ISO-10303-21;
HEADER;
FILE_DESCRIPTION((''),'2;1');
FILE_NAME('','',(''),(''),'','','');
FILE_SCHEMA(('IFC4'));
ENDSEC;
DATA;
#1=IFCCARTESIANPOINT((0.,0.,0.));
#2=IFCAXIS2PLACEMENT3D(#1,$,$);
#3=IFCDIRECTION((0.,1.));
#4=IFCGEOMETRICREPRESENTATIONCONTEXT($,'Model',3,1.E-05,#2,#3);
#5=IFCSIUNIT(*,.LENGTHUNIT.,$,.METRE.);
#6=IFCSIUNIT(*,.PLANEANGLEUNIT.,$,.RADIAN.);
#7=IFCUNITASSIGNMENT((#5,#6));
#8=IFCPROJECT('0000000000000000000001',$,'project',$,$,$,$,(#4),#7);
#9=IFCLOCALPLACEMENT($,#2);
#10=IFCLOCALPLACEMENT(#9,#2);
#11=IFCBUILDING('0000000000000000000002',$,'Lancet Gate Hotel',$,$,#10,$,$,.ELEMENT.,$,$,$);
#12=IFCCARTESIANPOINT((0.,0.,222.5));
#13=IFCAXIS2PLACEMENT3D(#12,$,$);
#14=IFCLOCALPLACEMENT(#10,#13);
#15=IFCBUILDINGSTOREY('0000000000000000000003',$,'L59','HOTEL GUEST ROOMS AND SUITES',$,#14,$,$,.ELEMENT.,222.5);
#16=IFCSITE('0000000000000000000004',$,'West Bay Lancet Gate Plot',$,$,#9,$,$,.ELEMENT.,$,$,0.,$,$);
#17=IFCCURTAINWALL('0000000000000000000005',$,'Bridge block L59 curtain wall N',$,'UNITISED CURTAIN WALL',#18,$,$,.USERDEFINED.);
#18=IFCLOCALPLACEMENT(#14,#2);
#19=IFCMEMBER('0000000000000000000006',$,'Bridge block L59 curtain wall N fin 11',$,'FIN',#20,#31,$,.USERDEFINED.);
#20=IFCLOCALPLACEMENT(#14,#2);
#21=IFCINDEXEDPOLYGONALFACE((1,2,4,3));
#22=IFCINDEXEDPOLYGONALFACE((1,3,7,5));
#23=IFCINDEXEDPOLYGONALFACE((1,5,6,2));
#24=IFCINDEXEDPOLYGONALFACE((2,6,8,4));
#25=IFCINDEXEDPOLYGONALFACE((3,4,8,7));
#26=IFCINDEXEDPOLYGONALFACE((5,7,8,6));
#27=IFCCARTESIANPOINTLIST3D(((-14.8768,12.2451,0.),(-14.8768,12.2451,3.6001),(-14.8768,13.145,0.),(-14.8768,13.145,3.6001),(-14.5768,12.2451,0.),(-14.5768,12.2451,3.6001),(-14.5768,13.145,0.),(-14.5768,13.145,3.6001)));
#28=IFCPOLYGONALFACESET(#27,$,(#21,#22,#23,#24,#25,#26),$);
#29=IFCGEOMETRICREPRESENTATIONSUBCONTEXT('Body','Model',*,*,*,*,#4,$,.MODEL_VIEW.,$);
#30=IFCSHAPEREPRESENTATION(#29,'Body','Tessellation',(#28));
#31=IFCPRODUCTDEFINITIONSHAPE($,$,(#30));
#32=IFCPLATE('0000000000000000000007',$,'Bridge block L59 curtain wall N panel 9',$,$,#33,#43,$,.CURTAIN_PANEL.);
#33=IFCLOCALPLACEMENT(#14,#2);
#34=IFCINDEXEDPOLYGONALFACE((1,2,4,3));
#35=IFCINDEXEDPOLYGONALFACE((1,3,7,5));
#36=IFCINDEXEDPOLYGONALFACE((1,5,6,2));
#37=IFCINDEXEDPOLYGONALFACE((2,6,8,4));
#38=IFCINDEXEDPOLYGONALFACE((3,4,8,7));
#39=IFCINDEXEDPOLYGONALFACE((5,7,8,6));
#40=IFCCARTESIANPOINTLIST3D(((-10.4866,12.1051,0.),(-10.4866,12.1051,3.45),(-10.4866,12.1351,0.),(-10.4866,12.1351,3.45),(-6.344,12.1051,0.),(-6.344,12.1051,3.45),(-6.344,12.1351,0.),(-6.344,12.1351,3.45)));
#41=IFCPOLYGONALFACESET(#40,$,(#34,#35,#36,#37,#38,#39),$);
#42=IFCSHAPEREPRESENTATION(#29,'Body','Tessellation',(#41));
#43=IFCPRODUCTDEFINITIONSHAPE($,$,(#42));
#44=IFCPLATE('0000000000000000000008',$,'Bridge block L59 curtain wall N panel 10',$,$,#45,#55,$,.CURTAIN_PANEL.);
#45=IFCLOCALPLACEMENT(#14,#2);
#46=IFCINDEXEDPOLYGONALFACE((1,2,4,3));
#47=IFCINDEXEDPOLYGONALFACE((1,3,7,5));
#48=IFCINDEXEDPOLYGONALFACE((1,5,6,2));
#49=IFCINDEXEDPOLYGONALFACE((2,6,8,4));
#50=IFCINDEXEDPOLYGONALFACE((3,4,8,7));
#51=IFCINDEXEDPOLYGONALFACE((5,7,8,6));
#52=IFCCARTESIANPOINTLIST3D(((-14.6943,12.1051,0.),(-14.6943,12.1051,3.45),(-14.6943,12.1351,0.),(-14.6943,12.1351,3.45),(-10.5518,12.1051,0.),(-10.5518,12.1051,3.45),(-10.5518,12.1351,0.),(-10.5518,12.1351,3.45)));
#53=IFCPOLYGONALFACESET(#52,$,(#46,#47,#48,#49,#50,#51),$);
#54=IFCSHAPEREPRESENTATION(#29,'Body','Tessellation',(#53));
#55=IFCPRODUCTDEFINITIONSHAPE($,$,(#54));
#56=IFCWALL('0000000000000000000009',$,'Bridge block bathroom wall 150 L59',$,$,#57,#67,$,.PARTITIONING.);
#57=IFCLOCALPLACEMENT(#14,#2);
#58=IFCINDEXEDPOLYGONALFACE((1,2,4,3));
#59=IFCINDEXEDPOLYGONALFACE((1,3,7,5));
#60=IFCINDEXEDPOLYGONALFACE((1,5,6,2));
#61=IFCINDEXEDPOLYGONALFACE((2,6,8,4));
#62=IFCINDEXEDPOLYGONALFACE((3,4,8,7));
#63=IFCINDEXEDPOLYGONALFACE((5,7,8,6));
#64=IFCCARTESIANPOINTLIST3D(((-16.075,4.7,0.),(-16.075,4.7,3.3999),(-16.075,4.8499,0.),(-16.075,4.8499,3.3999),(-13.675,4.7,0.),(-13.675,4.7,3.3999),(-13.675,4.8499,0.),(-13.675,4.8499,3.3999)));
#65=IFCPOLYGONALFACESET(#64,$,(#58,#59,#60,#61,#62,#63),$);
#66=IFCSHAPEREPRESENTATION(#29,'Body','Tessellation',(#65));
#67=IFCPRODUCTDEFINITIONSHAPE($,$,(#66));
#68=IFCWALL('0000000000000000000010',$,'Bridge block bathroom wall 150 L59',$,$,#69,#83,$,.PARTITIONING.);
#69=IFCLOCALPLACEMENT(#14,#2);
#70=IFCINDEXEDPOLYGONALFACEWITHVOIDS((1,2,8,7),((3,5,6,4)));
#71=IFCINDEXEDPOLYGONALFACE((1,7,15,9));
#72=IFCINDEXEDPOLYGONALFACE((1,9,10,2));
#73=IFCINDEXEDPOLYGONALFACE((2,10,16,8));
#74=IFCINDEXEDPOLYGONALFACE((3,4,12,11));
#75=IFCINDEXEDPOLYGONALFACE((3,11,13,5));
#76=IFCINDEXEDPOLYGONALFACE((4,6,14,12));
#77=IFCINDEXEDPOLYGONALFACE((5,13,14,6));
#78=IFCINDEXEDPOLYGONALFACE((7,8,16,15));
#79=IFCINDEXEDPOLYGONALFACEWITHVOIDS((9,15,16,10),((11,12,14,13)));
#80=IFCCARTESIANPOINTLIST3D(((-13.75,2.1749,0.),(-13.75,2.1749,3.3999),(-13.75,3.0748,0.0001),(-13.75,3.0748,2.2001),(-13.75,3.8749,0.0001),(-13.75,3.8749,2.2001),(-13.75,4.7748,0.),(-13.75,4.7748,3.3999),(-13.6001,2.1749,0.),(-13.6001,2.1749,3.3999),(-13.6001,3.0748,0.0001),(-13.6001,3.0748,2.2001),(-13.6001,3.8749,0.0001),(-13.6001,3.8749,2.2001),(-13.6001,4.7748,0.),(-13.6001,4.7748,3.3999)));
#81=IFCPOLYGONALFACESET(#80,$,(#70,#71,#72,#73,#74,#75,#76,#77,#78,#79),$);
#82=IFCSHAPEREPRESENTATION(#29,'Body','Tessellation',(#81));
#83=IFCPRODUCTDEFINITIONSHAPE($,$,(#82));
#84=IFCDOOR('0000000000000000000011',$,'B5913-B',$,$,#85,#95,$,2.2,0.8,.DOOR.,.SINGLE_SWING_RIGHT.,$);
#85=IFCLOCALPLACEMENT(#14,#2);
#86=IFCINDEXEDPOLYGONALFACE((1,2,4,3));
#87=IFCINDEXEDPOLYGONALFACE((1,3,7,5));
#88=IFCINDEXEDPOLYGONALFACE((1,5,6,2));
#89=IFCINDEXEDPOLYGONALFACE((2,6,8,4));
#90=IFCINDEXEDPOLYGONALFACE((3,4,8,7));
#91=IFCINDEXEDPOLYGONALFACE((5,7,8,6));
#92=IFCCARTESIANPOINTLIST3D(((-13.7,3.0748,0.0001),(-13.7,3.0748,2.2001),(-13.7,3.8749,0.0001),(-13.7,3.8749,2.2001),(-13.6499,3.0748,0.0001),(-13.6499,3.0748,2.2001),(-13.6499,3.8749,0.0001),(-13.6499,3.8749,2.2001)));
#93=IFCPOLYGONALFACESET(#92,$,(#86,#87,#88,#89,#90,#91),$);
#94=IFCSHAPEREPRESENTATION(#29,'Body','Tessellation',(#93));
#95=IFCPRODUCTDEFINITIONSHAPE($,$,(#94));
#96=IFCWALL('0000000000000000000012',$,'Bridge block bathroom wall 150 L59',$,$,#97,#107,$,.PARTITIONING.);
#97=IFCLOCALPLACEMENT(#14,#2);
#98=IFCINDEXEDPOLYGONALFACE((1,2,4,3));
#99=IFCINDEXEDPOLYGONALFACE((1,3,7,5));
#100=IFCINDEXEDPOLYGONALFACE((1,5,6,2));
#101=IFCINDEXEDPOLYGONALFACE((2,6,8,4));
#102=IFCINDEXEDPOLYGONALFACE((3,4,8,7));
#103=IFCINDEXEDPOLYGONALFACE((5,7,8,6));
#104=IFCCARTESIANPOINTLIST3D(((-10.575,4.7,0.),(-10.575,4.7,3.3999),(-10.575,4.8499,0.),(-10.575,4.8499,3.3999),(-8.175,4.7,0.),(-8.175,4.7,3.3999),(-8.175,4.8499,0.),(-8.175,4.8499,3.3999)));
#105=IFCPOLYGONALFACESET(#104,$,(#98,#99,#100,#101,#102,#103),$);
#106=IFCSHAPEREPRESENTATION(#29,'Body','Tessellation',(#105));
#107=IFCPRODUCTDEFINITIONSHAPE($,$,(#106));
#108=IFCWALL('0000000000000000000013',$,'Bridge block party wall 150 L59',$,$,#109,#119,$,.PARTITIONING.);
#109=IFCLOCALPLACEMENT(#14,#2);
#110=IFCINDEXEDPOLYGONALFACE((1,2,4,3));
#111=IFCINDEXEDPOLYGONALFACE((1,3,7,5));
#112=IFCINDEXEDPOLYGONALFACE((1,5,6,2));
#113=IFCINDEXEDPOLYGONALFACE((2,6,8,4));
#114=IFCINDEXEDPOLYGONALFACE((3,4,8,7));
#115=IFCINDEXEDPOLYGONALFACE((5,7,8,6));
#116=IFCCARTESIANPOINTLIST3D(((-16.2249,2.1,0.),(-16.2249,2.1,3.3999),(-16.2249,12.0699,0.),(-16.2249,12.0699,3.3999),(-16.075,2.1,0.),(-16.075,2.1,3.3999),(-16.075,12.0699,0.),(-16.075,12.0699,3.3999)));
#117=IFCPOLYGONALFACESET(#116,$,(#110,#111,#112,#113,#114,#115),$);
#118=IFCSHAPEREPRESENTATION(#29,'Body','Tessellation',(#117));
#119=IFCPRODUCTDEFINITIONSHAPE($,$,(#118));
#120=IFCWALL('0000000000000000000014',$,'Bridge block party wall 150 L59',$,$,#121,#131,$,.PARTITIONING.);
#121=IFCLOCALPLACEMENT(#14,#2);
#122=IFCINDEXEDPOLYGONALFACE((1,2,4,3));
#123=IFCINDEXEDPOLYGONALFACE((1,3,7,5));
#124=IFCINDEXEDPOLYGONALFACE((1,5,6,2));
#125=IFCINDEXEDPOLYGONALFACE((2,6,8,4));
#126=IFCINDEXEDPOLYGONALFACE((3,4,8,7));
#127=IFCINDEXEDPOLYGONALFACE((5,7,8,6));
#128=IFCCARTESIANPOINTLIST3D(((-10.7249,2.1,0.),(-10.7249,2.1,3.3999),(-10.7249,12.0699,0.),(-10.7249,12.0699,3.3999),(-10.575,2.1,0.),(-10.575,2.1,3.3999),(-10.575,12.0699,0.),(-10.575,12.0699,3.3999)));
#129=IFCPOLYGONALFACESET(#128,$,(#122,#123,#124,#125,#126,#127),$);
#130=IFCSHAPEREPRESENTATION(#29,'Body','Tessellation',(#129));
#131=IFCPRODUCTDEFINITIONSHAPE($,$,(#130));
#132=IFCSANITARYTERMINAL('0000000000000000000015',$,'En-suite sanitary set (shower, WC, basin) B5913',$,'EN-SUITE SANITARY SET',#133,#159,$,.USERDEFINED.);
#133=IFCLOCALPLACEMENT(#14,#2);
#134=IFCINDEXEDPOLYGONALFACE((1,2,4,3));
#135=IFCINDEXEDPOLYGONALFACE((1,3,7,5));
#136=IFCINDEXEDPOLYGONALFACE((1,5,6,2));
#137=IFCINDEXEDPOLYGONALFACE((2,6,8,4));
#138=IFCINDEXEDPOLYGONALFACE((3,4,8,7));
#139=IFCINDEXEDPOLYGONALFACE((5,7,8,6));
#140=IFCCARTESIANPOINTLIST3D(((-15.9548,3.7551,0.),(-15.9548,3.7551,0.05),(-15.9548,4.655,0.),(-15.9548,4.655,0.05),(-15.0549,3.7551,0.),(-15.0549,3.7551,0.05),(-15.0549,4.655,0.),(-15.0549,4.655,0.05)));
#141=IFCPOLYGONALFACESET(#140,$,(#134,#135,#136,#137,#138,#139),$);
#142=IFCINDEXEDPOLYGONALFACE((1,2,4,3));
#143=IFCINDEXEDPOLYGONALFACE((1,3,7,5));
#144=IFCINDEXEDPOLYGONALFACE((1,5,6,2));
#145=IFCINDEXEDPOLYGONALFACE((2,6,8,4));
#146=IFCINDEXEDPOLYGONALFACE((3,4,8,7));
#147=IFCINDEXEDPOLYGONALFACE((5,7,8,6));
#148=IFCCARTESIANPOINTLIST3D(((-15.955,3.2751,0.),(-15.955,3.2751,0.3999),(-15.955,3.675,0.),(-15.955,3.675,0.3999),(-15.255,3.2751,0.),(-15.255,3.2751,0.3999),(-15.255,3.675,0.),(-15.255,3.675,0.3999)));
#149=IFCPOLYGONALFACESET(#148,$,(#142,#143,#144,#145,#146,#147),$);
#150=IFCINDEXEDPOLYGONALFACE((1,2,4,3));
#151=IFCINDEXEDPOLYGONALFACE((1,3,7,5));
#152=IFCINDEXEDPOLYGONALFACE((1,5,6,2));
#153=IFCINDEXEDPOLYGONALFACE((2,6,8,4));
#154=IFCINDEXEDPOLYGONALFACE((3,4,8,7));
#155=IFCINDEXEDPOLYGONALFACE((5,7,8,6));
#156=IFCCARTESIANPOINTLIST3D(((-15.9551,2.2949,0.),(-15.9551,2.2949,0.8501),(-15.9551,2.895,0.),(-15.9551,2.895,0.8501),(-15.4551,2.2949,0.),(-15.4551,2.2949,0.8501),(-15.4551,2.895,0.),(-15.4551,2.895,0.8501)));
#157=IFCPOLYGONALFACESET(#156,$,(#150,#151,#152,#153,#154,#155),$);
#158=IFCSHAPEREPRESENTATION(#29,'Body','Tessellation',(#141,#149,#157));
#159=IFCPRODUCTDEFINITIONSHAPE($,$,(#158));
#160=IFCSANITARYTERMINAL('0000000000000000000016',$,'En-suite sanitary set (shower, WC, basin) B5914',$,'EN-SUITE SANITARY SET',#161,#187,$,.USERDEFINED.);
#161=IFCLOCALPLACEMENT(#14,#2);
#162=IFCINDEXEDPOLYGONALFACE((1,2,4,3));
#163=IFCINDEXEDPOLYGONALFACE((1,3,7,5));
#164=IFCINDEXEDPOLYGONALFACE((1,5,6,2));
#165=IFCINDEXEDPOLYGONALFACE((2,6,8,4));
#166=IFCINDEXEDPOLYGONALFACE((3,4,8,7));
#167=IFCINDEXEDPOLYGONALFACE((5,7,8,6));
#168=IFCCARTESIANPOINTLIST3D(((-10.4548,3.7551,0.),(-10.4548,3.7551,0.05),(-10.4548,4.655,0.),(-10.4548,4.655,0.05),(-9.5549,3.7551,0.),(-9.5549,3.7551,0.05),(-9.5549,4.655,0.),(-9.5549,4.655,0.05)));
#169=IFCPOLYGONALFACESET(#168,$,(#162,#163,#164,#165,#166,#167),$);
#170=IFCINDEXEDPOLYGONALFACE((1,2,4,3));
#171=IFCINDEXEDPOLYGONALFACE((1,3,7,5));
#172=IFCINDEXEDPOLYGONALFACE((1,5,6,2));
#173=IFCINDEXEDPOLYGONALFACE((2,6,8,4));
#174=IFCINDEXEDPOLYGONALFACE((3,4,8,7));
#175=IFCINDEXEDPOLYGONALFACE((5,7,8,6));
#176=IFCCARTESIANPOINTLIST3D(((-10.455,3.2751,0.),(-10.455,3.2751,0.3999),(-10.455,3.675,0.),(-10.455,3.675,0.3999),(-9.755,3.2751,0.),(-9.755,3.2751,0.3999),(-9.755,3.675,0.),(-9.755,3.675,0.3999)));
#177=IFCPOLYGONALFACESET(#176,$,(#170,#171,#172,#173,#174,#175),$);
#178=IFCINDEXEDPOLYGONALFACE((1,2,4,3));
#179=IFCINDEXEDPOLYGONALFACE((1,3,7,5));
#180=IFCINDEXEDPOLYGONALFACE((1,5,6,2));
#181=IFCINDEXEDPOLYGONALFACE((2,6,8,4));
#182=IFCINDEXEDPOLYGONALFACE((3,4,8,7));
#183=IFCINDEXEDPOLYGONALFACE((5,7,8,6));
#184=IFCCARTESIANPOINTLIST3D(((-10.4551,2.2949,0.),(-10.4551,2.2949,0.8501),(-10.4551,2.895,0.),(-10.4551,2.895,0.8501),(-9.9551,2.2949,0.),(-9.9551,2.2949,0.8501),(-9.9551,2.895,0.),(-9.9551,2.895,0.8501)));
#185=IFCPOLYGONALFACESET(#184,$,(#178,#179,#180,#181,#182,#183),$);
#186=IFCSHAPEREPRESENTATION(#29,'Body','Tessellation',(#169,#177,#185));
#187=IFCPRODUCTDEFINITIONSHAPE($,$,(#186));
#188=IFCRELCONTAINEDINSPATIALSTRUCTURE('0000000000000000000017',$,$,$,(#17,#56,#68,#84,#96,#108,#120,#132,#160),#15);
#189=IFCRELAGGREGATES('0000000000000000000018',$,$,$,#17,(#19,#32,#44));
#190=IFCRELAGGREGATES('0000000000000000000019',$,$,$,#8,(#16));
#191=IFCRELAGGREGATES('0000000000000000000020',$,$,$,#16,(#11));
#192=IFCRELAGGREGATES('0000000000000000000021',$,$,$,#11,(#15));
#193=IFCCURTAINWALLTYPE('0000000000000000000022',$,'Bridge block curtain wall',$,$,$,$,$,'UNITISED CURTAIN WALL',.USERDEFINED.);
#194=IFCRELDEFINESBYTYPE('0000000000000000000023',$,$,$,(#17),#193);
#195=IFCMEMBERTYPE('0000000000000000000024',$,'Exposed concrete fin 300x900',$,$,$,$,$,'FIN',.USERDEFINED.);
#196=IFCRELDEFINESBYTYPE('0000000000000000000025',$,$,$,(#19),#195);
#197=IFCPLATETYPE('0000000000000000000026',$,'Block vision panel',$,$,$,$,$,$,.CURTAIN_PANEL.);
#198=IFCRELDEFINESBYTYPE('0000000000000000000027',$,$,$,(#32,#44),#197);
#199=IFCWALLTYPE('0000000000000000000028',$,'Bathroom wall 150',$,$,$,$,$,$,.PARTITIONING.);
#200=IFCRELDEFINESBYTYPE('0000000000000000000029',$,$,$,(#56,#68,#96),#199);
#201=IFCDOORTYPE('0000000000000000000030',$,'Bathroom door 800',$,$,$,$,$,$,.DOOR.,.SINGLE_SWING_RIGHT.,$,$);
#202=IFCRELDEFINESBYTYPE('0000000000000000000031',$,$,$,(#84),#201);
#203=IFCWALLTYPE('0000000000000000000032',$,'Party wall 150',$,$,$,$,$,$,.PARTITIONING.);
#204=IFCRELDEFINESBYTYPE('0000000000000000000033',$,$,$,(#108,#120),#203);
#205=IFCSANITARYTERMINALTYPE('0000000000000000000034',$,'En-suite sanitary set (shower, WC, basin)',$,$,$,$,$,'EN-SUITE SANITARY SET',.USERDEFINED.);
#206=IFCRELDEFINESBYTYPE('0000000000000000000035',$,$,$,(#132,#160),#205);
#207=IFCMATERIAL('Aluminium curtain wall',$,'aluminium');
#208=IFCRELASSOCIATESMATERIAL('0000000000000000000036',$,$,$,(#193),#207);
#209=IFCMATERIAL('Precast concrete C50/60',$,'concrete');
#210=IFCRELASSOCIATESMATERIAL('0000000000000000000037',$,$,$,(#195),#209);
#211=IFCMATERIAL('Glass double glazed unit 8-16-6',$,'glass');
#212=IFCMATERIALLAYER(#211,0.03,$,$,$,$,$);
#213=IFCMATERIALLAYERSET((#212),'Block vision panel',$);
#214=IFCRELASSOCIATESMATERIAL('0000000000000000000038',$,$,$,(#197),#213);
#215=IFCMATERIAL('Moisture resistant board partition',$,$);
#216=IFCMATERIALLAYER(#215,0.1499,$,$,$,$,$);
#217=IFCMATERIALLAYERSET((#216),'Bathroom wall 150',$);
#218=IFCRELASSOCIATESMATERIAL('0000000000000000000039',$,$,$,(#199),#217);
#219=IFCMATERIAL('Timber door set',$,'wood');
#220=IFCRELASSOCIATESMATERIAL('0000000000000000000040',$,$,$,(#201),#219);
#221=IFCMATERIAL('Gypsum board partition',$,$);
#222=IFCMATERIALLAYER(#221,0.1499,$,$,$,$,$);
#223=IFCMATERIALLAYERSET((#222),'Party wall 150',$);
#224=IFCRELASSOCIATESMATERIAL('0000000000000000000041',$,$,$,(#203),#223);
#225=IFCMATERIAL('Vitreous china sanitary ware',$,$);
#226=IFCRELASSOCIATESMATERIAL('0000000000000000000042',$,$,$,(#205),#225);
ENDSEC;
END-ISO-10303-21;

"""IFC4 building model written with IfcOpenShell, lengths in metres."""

from ifc_helpers import new_model, si_unit, direction, frame, frame_2d, origin, origin_2d, place, context, subcontext, project, spatial, rectangle, extrude, material, layer, layer_set, material_profile, profile_set, type_object, element, fill, aggregate, save


model = new_model("IFC4")

# Units and contexts
model_context = context("Model", 3, precision=1e-05, world=origin(), true_north=direction((0.0, 1.0)))
body_context = subcontext(model_context, "Body", "Model", "MODEL_VIEW")
ifc_project = project(units=[si_unit("LENGTHUNIT", "METRE"), si_unit("PLANEANGLEUNIT", "RADIAN")], contexts=[model_context])

# Site, building, storey
site_placement = place(None, origin())
site = spatial("IfcSite", under=ifc_project, at=site_placement, Name="West Bay Lancet Gate Plot", CompositionType="ELEMENT", RefElevation=0.0)
building_placement = place(site_placement, origin())
building = spatial("IfcBuilding", under=site, at=building_placement, Name="Lancet Gate Hotel", CompositionType="ELEMENT")
storey_placement = place(building_placement, frame((0.0, 0.0, 222.5)))
storey = spatial("IfcBuildingStorey", under=building, at=storey_placement, Name="L59", Description="HOTEL GUEST ROOMS AND SUITES", CompositionType="ELEMENT", Elevation=222.5)

# Curtain wall
ifc_material_1 = material(Name="Aluminium curtain wall", Category="aluminium")
curtain_wall_type = type_object("IfcCurtainWallType", Name="Bridge block curtain wall", ElementType="UNITISED CURTAIN WALL", PredefinedType="USERDEFINED", material=ifc_material_1)
curtain_wall_placement = place(storey_placement, origin())
curtain_wall = element("IfcCurtainWall", 1, at=curtain_wall_placement, inside=storey, type_object=curtain_wall_type, Name="Bridge block L59 curtain wall N", ObjectType="UNITISED CURTAIN WALL", PredefinedType="USERDEFINED")

# Member
ifc_material_2 = material(Name="Precast concrete C50/60", Category="concrete")
ifc_material_profile_1 = material_profile(ifc_material_2, rectangle(XDim=0.3, YDim=0.8999, at=origin_2d()), Name="FIN 300x900")
ifc_profile_set_1 = profile_set([ifc_material_profile_1], Name="Precast concrete C50/60")
member_type_1 = type_object("IfcMemberType", Name="Exposed concrete fin 300x900", ElementType="FIN", PredefinedType="USERDEFINED", material=ifc_profile_set_1)
member_1_placement = place(storey_placement, frame((-14.7268, 12.6951, 0.0), z_axis=(0.0, 0.0, 1.0), x_axis=(-1.0, 0.0, 0.0)))
member_1 = element("IfcMember", 2, at=member_1_placement, type_object=member_type_1, Name="Bridge block L59 curtain wall N fin 11", ObjectType="FIN", PredefinedType="USERDEFINED", context=body_context, shape_type="SweptSolid", body=[
    extrude(rectangle(XDim=0.3, YDim=0.8999, at=origin_2d()), origin(), (0.0, 0.0, 1.0), 3.6001),
])

# Plates
ifc_material_3 = material(Name="Glass double glazed unit 8-16-6", Category="glass")
ifc_layer_1 = layer(ifc_material_3, 0.03)
ifc_layer_set_1 = layer_set([ifc_layer_1], Name="Block vision panel")
plate_type = type_object("IfcPlateType", Name="Block vision panel", PredefinedType="CURTAIN_PANEL", material=ifc_layer_set_1)
plate_1_placement = place(storey_placement, frame((-8.4153, 12.1201, 0.0), z_axis=(0.0, 0.0, 1.0), x_axis=(-1.0, 0.0, 0.0)))
plate_1 = element("IfcPlate", 3, at=plate_1_placement, type_object=plate_type, Name="Bridge block L59 curtain wall N panel 9", PredefinedType="CURTAIN_PANEL", context=body_context, shape_type="SweptSolid", body=[
    extrude(rectangle(XDim=4.1426, YDim=0.03, at=origin_2d()), origin(), (0.0, 0.0, 1.0), 3.45),
])
plate_2_placement = place(storey_placement, frame((-12.623, 12.1201, 0.0), z_axis=(0.0, 0.0, 1.0), x_axis=(-1.0, 0.0, 0.0)))
plate_2 = element("IfcPlate", 4, at=plate_2_placement, type_object=plate_type, Name="Bridge block L59 curtain wall N panel 10", PredefinedType="CURTAIN_PANEL", context=body_context, shape_type="SweptSolid", body=[
    extrude(rectangle(XDim=4.1426, YDim=0.03, at=origin_2d()), origin(), (0.0, 0.0, 1.0), 3.45),
])
aggregate(curtain_wall, [member_1, plate_1, plate_2])

# Wall
ifc_material_4 = material(Name="Moisture resistant board partition")
ifc_layer_2 = layer(ifc_material_4, 0.1499)
ifc_layer_set_2 = layer_set([ifc_layer_2], Name="Bathroom wall 150")
wall_type_1 = type_object("IfcWallType", Name="Bathroom wall 150", PredefinedType="PARTITIONING", material=ifc_layer_set_2)
wall_1_placement = place(storey_placement, frame((-16.075, 4.7749, 0.0), z_axis=(0.0, 0.0, 1.0), x_axis=(1.0, 0.0, 0.0)))
element("IfcWall", 5, at=wall_1_placement, inside=storey, type_object=wall_type_1, Name="Bridge block bathroom wall 150 L59", PredefinedType="PARTITIONING", context=body_context, shape_type="SweptSolid", body=[
    extrude(rectangle(XDim=2.3999, YDim=0.1499, at=frame_2d((1.2, 0.0))), origin(), (0.0, 0.0, 1.0), 3.3999),
])

# Wall, opening, door
wall_2_placement = place(storey_placement, frame((-13.675, 2.175, 0.0), z_axis=(0.0, 0.0, 1.0), x_axis=(0.0, 1.0, 0.0)))
wall_2 = element("IfcWall", 6, at=wall_2_placement, inside=storey, type_object=wall_type_1, Name="Bridge block bathroom wall 150 L59", PredefinedType="PARTITIONING", context=body_context, shape_type="SweptSolid", body=[
    extrude(rectangle(XDim=2.5999, YDim=0.1499, at=frame_2d((1.2998, 0.0))), origin(), (0.0, 0.0, 1.0), 3.3999),
])
opening_placement = place(wall_2_placement, frame((0.8999, 0.0, 0.0)))
opening = element("IfcOpeningElement", 7, at=opening_placement, cuts=wall_2, PredefinedType="OPENING", context=body_context, shape_type="SweptSolid", body=[
    extrude(rectangle(XDim=0.8, YDim=2.2, at=frame_2d((0.3999, 1.1001))), frame((0.0, 0.085, 0.0), z_axis=(0.0, -1.0, 0.0), x_axis=(1.0, 0.0, 0.0)), (0.0, 0.0, 1.0), 0.1699),
])
ifc_material_5 = material(Name="Timber door set", Category="wood")
door_type = type_object("IfcDoorType", Name="Bathroom door 800", OperationType="SINGLE_SWING_RIGHT", PredefinedType="DOOR", material=ifc_material_5)
door_placement = place(opening_placement, origin())
door = element("IfcDoor", 8, at=door_placement, inside=storey, type_object=door_type, Name="B5913-B", OperationType="SINGLE_SWING_RIGHT", OverallHeight=2.2, OverallWidth=0.8, PredefinedType="DOOR", context=body_context, shape_type="SweptSolid", body=[
    extrude(rectangle(XDim=0.8, YDim=2.2, at=frame_2d((0.3999, 1.1001))), frame((0.0, 0.0249, 0.0), z_axis=(0.0, -1.0, 0.0), x_axis=(1.0, 0.0, 0.0)), (0.0, 0.0, 1.0), 0.05),
])
fill(opening, door)

# Walls
wall_3_placement = place(storey_placement, frame((-10.575, 4.7749, 0.0), z_axis=(0.0, 0.0, 1.0), x_axis=(1.0, 0.0, 0.0)))
element("IfcWall", 9, at=wall_3_placement, inside=storey, type_object=wall_type_1, Name="Bridge block bathroom wall 150 L59", PredefinedType="PARTITIONING", context=body_context, shape_type="SweptSolid", body=[
    extrude(rectangle(XDim=2.3999, YDim=0.1499, at=frame_2d((1.2, 0.0))), origin(), (0.0, 0.0, 1.0), 3.3999),
])
ifc_material_6 = material(Name="Gypsum board partition")
ifc_layer_3 = layer(ifc_material_6, 0.1499)
ifc_layer_set_3 = layer_set([ifc_layer_3], Name="Party wall 150")
wall_type_2 = type_object("IfcWallType", Name="Party wall 150", PredefinedType="PARTITIONING", material=ifc_layer_set_3)
for number, where, z_axis, x_axis, name in (
    (10, (-16.1499, 2.1001, 0.0), (0.0, 0.0, 1.0), (0.0, 1.0, 0.0), "Bridge block party wall 150 L59"),
    (11, (-10.6499, 2.1001, 0.0), (0.0, 0.0, 1.0), (0.0, 1.0, 0.0), "Bridge block party wall 150 L59"),
):
    element("IfcWall", number, at=place(storey_placement, frame(where, z_axis=z_axis, x_axis=x_axis)), inside=storey, type_object=wall_type_2, Name=name, PredefinedType="PARTITIONING", context=body_context, shape_type="SweptSolid", body=[
        extrude(rectangle(XDim=9.97, YDim=0.1499, at=frame_2d((4.9849, 0.0))), origin(), (0.0, 0.0, 1.0), 3.3999),
    ])

# Sanitary terminals
ifc_material_7 = material(Name="Vitreous china sanitary ware")
sanitary_terminal_type = type_object("IfcSanitaryTerminalType", Name="En-suite sanitary set (shower, WC, basin)", ElementType="EN-SUITE SANITARY SET", PredefinedType="USERDEFINED", material=ifc_material_7)
for number, where, z_axis, x_axis, name in (
    (12, (-15.5049, 4.2051, 0.0), (0.0, 0.0, 1.0), (1.0, 0.0, 0.0), "En-suite sanitary set (shower, WC, basin) B5913"),
    (13, (-10.0049, 4.2051, 0.0), (0.0, 0.0, 1.0), (1.0, 0.0, 0.0), "En-suite sanitary set (shower, WC, basin) B5914"),
):
    element("IfcSanitaryTerminal", number, at=place(storey_placement, frame(where, z_axis=z_axis, x_axis=x_axis)), inside=storey, type_object=sanitary_terminal_type, Name=name, ObjectType="EN-SUITE SANITARY SET", PredefinedType="USERDEFINED", context=body_context, shape_type="SweptSolid", body=[
        extrude(rectangle(XDim=0.8999, YDim=0.8999, at=origin_2d()), frame((0.0, 0.0, 0.0), z_axis=(0.0, 0.0, 1.0), x_axis=(0.0, 1.0, 0.0)), (0.0, 0.0, 1.0), 0.05),
        extrude(rectangle(XDim=0.3999, YDim=0.7, at=origin_2d()), frame((-0.1001, -0.73, 0.0), z_axis=(0.0, 0.0, 1.0), x_axis=(0.0, 1.0, 0.0)), (0.0, 0.0, 1.0), 0.3999),
        extrude(rectangle(XDim=0.6001, YDim=0.5, at=origin_2d()), frame((-0.2002, -1.6101, 0.0), z_axis=(0.0, 0.0, 1.0), x_axis=(0.0, 1.0, 0.0)), (0.0, 0.0, 1.0), 0.8501),
    ])

save(model, "model.ifc")
